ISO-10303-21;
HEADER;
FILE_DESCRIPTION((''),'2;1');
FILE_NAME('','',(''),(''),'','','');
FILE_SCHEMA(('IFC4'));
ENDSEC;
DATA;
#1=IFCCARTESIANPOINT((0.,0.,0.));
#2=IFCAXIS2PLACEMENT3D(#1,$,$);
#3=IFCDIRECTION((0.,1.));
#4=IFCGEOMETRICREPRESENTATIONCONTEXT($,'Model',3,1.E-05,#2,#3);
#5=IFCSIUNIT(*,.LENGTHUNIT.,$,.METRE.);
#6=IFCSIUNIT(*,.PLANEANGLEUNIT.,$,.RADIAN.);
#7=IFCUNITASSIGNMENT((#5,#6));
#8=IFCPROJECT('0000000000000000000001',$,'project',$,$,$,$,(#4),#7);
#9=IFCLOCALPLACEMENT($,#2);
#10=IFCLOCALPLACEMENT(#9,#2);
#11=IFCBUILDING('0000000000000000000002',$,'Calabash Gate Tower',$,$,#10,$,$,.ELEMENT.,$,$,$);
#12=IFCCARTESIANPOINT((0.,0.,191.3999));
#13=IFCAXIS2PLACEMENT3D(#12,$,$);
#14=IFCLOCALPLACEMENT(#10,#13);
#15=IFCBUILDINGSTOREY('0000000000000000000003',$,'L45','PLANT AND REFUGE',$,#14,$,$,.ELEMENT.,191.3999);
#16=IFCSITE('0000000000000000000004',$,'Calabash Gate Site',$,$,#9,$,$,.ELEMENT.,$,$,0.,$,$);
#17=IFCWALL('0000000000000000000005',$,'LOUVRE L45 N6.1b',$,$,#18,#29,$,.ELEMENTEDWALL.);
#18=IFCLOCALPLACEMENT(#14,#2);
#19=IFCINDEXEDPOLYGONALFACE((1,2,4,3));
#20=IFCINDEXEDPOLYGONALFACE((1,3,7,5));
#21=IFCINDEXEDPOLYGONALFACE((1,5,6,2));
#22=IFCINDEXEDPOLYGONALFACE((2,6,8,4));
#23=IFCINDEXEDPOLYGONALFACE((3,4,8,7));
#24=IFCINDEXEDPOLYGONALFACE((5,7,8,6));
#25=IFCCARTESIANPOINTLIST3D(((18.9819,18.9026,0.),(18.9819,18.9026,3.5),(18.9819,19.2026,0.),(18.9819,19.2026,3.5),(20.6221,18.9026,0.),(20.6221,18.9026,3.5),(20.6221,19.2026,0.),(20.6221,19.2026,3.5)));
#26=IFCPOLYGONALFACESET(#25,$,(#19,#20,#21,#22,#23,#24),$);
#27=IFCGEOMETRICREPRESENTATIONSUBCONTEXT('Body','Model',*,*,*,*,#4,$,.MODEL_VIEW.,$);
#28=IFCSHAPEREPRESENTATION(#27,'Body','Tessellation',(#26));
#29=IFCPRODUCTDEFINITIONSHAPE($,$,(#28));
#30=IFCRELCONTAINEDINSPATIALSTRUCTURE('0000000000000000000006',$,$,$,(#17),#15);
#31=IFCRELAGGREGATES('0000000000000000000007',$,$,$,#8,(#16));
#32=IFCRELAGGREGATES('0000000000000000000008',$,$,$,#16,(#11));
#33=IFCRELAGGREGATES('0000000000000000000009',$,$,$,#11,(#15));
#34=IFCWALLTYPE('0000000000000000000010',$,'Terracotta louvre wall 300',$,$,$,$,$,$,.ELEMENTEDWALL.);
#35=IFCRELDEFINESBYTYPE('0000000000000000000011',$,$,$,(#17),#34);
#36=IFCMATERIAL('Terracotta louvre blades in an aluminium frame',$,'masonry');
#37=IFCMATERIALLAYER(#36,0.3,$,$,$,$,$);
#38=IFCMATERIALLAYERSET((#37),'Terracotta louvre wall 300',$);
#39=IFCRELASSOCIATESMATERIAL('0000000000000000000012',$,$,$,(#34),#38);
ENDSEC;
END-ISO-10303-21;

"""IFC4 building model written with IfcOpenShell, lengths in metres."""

from ifc_helpers import new_model, si_unit, direction, frame, origin, place, context, subcontext, project, spatial, polyline, outline, extrude, material, layer, layer_set, type_object, element, save


model = new_model("IFC4")

# Units and contexts
model_context = context("Model", 3, precision=1e-05, world=origin(), true_north=direction((0.0, 1.0)))
body_context = subcontext(model_context, "Body", "Model", "MODEL_VIEW")
ifc_project = project(units=[si_unit("LENGTHUNIT", "METRE"), si_unit("PLANEANGLEUNIT", "RADIAN")], contexts=[model_context])

# Site, building, storey
site_placement = place(None, origin())
site = spatial("IfcSite", under=ifc_project, at=site_placement, Name="Calabash Gate Site", CompositionType="ELEMENT", RefElevation=0.0)
building_placement = place(site_placement, origin())
building = spatial("IfcBuilding", under=site, at=building_placement, Name="Calabash Gate Tower", CompositionType="ELEMENT")
storey_placement = place(building_placement, frame((0.0, 0.0, 191.3999)))
storey = spatial("IfcBuildingStorey", under=building, at=storey_placement, Name="L45", Description="PLANT AND REFUGE", CompositionType="ELEMENT", Elevation=191.3999)

# Wall
ifc_material_1 = material(Name="Terracotta louvre blades in an aluminium frame", Category="masonry")
ifc_layer_1 = layer(ifc_material_1, 0.3)
ifc_layer_set_1 = layer_set([ifc_layer_1], Name="Terracotta louvre wall 300")
wall_type_1 = type_object("IfcWallType", Name="Terracotta louvre wall 300", PredefinedType="ELEMENTEDWALL", material=ifc_layer_set_1)
wall_1_placement = place(storey_placement, origin())
element("IfcWall", 1, at=wall_1_placement, inside=storey, type_object=wall_type_1, Name="LOUVRE L45 N6.1b", PredefinedType="ELEMENTEDWALL", context=body_context, shape_type="SweptSolid", body=[
    extrude(outline(polyline([(18.9819, 18.9026), (20.6221, 18.9026), (20.6221, 19.2026), (18.9819, 19.2026), (18.9819, 18.9026)])), origin(), (0.0, 0.0, 1.0), 3.5),
])

save(model, "model.ifc")
